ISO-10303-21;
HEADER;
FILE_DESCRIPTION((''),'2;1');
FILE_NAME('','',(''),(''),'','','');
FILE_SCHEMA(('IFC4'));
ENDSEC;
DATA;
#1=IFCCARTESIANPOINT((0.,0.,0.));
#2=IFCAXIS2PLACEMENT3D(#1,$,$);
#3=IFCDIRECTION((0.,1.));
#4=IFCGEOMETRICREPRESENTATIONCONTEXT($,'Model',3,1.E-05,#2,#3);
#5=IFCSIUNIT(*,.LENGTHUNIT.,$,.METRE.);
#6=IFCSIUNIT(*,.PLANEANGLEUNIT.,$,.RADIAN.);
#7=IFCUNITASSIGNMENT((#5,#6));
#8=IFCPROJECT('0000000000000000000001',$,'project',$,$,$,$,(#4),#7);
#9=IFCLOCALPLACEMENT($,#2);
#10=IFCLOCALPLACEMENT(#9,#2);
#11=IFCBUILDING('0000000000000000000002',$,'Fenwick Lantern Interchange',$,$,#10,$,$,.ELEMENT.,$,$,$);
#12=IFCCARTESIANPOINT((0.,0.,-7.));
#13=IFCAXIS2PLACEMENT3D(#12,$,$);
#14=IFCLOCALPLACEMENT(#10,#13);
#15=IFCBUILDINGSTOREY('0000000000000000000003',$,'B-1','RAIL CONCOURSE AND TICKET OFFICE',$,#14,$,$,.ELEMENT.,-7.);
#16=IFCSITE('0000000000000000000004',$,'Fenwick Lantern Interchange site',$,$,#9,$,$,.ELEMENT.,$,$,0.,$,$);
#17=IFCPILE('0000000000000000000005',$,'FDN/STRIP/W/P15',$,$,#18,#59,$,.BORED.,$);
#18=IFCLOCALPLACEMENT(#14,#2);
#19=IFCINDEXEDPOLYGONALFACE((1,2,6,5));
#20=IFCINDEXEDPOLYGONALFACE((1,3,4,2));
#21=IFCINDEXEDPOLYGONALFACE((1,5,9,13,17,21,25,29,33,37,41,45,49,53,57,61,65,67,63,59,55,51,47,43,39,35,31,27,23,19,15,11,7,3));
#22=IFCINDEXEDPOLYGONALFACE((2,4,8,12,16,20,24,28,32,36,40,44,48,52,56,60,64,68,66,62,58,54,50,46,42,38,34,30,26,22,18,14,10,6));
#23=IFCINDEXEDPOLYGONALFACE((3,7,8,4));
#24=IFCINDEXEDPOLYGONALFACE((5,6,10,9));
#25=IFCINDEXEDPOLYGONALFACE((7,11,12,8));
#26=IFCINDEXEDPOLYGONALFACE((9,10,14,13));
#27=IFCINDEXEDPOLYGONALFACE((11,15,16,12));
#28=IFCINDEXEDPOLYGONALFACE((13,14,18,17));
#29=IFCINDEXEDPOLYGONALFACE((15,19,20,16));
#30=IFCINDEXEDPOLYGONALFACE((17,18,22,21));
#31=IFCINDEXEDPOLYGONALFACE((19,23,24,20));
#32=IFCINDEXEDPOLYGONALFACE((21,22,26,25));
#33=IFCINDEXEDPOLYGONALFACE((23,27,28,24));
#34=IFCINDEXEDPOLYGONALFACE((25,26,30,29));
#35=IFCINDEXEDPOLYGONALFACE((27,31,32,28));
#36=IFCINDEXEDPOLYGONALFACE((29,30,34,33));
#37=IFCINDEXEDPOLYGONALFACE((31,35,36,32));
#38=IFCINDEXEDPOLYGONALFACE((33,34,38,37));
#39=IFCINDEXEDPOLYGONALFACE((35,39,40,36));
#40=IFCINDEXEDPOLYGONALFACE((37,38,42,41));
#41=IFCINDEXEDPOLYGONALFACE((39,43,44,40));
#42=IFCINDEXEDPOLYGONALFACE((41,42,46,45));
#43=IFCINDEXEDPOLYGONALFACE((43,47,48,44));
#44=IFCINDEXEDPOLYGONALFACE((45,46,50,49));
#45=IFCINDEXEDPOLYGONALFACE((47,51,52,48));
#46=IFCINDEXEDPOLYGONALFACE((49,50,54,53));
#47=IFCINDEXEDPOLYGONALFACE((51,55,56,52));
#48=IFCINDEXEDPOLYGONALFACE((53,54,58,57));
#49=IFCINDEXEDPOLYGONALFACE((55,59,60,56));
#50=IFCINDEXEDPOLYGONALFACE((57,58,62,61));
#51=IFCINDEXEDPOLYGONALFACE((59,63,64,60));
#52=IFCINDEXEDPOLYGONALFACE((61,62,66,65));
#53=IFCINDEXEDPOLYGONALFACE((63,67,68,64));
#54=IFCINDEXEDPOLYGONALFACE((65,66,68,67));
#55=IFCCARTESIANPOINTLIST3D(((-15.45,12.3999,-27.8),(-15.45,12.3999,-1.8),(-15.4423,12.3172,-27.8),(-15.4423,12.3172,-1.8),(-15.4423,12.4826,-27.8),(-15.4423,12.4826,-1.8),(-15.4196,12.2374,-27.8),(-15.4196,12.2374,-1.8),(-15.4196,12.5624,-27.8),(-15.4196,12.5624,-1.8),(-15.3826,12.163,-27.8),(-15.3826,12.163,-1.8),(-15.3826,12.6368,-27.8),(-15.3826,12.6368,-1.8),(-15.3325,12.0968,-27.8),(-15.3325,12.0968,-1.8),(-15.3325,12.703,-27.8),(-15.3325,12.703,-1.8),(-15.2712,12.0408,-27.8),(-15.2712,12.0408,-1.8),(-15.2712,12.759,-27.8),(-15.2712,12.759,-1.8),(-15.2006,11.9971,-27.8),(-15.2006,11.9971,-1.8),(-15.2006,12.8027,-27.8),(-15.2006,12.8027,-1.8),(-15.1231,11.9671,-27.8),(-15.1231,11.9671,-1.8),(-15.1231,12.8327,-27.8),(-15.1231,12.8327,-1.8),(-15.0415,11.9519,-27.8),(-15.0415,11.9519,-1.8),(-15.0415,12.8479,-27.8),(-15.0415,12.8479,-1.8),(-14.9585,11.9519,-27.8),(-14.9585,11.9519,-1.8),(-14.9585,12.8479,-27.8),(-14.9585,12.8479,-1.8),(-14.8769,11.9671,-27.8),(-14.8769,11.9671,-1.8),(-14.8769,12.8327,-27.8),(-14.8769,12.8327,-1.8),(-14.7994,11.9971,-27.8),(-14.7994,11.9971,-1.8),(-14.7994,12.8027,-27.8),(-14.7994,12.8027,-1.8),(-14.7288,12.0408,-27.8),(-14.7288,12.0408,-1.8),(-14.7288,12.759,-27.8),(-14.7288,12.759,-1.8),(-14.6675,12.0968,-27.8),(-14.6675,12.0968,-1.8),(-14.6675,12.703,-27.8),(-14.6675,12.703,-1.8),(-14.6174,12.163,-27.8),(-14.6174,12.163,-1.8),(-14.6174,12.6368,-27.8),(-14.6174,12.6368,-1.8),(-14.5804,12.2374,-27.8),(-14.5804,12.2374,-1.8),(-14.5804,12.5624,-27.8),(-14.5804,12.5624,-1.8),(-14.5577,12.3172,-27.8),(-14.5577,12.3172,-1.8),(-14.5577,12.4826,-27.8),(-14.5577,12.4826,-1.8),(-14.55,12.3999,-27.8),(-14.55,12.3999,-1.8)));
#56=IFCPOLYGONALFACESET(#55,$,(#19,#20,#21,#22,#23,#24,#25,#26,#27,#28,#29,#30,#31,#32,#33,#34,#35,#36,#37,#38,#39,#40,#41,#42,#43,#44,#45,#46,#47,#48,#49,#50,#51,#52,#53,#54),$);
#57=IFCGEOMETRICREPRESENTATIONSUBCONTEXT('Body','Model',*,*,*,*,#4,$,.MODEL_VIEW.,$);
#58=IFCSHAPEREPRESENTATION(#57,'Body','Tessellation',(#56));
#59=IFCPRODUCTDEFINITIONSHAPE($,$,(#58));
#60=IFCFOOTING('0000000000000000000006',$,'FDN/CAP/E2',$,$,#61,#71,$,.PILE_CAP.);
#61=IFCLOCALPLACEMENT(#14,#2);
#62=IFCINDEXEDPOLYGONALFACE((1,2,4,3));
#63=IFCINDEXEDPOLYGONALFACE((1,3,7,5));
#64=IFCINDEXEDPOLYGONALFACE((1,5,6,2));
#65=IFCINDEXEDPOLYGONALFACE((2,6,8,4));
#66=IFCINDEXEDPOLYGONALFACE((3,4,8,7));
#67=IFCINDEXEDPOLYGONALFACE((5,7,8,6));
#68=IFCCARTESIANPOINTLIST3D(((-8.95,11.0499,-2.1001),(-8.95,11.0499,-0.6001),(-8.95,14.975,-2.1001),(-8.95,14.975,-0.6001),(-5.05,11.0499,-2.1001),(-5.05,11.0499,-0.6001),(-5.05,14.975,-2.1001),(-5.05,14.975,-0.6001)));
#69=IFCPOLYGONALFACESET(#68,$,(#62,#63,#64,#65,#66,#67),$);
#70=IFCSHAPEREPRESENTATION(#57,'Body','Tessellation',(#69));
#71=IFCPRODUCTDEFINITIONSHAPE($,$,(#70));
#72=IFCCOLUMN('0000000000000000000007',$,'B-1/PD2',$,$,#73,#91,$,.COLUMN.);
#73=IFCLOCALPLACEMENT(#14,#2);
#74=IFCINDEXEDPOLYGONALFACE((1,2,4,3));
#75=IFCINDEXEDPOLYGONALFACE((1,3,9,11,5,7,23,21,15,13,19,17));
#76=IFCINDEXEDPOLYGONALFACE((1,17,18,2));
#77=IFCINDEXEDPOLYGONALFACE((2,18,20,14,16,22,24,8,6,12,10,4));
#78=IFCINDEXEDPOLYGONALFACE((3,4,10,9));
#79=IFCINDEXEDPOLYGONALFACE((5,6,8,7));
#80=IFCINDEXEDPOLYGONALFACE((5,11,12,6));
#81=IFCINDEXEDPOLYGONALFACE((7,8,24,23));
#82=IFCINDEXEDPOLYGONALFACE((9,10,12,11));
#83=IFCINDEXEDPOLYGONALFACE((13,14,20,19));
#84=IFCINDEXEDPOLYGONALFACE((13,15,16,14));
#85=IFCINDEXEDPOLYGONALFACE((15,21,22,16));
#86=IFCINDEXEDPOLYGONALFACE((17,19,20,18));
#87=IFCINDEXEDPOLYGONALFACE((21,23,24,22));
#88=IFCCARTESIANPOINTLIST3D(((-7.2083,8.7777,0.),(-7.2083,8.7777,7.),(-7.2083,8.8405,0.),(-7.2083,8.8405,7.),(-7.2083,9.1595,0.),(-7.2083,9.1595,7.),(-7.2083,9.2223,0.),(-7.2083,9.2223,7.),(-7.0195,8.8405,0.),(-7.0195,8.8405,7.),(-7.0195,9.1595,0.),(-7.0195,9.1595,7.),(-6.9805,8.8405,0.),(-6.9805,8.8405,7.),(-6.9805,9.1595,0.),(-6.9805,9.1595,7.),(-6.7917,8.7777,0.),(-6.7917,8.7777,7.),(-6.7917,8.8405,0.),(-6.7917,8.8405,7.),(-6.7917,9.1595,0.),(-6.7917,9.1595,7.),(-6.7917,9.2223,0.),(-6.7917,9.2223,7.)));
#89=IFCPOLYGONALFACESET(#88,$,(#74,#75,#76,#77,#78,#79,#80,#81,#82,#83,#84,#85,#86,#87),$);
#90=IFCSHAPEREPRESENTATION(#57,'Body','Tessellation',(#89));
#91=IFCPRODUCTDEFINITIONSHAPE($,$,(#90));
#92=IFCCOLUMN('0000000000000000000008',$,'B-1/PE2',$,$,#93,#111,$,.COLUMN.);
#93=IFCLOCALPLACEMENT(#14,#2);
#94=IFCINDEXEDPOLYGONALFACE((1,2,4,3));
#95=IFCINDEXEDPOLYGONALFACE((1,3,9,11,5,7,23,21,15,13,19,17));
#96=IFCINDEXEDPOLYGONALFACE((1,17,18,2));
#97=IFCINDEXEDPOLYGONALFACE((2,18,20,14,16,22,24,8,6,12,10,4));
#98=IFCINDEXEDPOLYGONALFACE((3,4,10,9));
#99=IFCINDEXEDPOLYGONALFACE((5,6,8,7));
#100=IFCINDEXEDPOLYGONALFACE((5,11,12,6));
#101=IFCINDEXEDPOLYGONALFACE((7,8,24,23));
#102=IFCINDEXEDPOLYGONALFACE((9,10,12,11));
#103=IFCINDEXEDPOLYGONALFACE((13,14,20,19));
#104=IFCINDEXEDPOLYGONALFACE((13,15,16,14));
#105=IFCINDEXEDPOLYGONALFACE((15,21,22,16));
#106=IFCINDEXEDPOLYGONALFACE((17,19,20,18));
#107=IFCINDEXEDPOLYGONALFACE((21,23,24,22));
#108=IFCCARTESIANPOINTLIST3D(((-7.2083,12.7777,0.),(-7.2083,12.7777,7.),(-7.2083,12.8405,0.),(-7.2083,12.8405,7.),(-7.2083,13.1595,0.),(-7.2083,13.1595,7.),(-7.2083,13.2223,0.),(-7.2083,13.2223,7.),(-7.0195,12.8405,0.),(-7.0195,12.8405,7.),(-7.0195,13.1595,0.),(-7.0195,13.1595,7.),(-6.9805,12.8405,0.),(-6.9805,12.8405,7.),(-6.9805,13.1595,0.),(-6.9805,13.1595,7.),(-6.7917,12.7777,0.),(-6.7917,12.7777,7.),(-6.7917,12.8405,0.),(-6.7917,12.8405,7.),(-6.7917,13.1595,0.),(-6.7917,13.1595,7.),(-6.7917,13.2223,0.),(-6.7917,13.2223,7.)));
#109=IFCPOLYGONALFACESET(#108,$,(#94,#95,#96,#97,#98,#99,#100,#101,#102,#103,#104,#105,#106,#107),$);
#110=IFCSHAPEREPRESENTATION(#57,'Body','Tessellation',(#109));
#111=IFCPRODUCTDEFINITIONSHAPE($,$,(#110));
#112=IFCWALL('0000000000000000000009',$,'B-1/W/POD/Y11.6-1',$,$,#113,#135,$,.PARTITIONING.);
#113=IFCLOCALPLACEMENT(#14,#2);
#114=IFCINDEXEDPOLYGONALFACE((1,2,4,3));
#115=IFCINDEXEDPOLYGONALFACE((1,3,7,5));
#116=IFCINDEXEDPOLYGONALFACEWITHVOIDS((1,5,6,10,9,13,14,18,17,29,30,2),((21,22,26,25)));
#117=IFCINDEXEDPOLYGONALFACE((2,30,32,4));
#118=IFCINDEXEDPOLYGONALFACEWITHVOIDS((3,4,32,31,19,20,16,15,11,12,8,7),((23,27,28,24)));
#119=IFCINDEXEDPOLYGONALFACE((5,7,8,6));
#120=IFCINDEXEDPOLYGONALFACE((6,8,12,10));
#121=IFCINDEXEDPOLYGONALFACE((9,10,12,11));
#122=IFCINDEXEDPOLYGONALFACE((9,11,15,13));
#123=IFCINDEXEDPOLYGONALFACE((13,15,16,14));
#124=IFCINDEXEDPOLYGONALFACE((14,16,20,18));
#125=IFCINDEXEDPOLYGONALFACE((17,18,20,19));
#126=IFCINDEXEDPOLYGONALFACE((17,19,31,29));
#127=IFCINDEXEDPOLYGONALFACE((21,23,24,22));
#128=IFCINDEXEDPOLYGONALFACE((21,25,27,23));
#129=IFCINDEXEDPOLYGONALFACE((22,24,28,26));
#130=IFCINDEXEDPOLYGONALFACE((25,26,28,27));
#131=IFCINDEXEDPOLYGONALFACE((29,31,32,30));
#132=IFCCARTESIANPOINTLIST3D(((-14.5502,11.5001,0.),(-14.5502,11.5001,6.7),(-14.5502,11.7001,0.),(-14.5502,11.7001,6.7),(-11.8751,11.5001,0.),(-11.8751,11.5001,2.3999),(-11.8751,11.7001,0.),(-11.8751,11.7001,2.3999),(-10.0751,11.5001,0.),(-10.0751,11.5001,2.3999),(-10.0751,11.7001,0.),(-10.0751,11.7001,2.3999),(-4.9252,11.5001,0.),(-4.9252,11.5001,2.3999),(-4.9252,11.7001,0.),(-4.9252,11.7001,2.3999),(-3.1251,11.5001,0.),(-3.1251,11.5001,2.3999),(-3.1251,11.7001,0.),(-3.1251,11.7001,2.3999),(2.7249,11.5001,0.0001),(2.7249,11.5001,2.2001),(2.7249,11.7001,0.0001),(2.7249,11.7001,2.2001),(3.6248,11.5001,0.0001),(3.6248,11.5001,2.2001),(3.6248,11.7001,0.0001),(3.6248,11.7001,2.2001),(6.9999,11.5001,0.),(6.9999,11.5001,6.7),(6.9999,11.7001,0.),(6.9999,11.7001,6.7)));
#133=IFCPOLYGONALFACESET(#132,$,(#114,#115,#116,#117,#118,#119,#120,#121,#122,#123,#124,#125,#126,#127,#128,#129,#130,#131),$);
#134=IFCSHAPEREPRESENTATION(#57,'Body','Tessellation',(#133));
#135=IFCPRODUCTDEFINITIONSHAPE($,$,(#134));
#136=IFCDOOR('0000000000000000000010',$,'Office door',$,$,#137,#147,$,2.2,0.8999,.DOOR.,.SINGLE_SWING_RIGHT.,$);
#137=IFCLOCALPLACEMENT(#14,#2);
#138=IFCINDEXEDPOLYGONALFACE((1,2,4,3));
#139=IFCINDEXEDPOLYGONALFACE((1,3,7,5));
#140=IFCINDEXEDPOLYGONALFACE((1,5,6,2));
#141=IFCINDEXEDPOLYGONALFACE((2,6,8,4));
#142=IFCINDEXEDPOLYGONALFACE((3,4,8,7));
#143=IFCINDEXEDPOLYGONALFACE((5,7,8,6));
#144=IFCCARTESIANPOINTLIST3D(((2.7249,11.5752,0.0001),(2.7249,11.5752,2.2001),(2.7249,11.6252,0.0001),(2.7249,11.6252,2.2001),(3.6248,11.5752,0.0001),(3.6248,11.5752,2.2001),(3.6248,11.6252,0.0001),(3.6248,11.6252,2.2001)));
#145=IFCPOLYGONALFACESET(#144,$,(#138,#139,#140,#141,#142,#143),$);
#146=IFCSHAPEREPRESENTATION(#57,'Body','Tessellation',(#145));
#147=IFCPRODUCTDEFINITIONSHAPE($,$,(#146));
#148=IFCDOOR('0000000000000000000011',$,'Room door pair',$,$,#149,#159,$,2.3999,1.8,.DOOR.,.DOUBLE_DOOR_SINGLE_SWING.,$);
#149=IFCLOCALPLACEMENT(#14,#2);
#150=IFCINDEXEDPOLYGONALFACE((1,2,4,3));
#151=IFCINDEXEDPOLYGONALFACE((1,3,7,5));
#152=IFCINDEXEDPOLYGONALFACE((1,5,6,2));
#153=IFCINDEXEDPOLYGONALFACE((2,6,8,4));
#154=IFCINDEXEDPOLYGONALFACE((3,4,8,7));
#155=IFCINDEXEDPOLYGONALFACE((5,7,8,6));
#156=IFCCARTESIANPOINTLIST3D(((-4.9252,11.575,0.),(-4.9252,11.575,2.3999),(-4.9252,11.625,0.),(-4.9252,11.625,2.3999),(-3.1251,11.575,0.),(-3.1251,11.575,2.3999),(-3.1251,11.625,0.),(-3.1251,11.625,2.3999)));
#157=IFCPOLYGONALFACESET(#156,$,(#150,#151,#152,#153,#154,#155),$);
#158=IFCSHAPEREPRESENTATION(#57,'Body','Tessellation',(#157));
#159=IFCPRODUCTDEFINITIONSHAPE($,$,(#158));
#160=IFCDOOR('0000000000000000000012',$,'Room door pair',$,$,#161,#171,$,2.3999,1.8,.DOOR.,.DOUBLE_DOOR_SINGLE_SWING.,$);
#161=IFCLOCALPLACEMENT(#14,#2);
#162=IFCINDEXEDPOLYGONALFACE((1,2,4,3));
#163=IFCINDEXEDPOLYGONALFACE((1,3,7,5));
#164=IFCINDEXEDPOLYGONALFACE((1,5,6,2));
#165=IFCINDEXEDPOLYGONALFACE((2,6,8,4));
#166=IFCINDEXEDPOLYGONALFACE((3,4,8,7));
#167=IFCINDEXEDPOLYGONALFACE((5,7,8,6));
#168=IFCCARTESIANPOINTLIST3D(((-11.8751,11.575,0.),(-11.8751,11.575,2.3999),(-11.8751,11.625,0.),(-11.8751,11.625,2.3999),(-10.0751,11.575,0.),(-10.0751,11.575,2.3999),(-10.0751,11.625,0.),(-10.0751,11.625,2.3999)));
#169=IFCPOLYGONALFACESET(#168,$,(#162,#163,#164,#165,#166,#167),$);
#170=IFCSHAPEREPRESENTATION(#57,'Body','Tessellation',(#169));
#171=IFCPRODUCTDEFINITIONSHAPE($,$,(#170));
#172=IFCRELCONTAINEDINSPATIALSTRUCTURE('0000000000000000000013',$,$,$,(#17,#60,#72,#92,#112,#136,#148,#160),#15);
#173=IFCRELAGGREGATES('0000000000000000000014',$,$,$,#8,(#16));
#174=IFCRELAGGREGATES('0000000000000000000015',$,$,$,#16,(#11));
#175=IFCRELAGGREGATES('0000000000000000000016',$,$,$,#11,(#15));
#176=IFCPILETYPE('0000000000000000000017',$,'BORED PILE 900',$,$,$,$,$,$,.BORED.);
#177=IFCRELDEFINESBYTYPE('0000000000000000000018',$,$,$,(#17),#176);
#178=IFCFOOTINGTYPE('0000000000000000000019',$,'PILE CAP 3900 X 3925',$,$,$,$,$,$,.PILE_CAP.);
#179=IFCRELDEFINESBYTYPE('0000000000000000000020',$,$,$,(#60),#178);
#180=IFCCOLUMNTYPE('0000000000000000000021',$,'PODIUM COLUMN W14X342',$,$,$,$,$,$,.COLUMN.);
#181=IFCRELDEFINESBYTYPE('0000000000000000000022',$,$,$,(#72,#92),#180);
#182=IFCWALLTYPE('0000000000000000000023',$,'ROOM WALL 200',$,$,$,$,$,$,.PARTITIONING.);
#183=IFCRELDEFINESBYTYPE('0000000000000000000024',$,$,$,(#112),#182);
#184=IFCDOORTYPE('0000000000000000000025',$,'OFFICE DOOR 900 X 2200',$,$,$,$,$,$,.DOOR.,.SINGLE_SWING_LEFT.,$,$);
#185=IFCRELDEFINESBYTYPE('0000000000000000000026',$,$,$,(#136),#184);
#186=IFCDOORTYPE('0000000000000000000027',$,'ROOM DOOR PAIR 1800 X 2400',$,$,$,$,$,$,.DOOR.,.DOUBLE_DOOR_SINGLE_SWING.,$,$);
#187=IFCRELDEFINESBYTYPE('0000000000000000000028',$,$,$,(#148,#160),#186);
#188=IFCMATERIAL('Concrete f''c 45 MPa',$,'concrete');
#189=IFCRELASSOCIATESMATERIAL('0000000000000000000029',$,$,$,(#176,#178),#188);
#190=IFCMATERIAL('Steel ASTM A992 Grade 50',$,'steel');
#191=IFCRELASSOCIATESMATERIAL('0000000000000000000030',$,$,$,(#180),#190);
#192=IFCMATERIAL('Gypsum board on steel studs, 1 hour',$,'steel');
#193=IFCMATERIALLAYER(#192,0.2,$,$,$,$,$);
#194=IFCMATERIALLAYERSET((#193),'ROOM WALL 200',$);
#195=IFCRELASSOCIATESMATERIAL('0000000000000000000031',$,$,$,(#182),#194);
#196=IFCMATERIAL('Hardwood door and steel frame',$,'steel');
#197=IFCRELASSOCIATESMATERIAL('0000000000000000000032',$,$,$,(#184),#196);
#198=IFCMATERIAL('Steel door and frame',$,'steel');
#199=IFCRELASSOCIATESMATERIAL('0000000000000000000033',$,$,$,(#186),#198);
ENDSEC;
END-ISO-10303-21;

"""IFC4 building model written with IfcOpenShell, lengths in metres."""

from ifc_helpers import new_model, si_unit, direction, frame, frame_2d, origin, origin_2d, place, context, subcontext, project, spatial, rectangle, circle, i_section, extrude, material, layer, layer_set, material_profile, profile_set, type_object, element, fill, save


model = new_model("IFC4")

# Units and contexts
model_context = context("Model", 3, precision=1e-05, world=origin(), true_north=direction((0.0, 1.0)))
body_context = subcontext(model_context, "Body", "Model", "MODEL_VIEW")
ifc_project = project(units=[si_unit("LENGTHUNIT", "METRE"), si_unit("PLANEANGLEUNIT", "RADIAN")], contexts=[model_context])

# Site, building, storey
site_placement = place(None, origin())
site = spatial("IfcSite", under=ifc_project, at=site_placement, Name="Fenwick Lantern Interchange site", CompositionType="ELEMENT", RefElevation=0.0)
building_placement = place(site_placement, origin())
building = spatial("IfcBuilding", under=site, at=building_placement, Name="Fenwick Lantern Interchange", CompositionType="ELEMENT")
storey_placement = place(building_placement, frame((0.0, 0.0, -7.0)))
storey = spatial("IfcBuildingStorey", under=building, at=storey_placement, Name="B-1", Description="RAIL CONCOURSE AND TICKET OFFICE", CompositionType="ELEMENT", Elevation=-7.0)

# Pile
ifc_material_1 = material(Name="Concrete f'c 45 MPa", Category="concrete")
pile_type_1 = type_object("IfcPileType", Name="BORED PILE 900", PredefinedType="BORED", material=ifc_material_1)
for number, where, z_axis, x_axis, name in (
    (1, (-15.0, 12.3999, -1.8), (0.0, 0.0, -1.0), (1.0, 0.0, 0.0), "FDN/STRIP/W/P15"),
):
    element("IfcPile", number, at=place(storey_placement, frame(where, z_axis=z_axis, x_axis=x_axis)), inside=storey, type_object=pile_type_1, Name=name, PredefinedType="BORED", context=body_context, shape_type="SweptSolid", body=[
        extrude(circle(Radius=0.45, at=origin_2d()), origin(), (0.0, 0.0, 1.0), 26.0),
    ])

# Footing
footing_type = type_object("IfcFootingType", Name="PILE CAP 3900 X 3925", PredefinedType="PILE_CAP", material=ifc_material_1)
footing_placement = place(storey_placement, frame((-7.0, 13.0125, -2.1001), z_axis=(0.0, 0.0, 1.0), x_axis=(1.0, 0.0, 0.0)))
element("IfcFooting", 2, at=footing_placement, inside=storey, type_object=footing_type, Name="FDN/CAP/E2", PredefinedType="PILE_CAP", context=body_context, shape_type="SweptSolid", body=[
    extrude(rectangle(XDim=3.8999, YDim=3.925, at=origin_2d()), origin(), (0.0, 0.0, 1.0), 1.5),
])

# Columns
ifc_material_2 = material(Name="Steel ASTM A992 Grade 50", Category="steel")
ifc_material_profile = material_profile(ifc_material_2, i_section(OverallWidth=0.4165, OverallDepth=0.4446, WebThickness=0.0391, FlangeThickness=0.0627, at=origin_2d()), Name="W14X342")
ifc_profile_set = profile_set([ifc_material_profile], Name="Steel ASTM A992 Grade 50")
column_type = type_object("IfcColumnType", Name="PODIUM COLUMN W14X342", PredefinedType="COLUMN", material=ifc_profile_set)
for number, where, z_axis, x_axis, name in (
    (3, (-7.0, 9.0, 0.0), (0.0, 0.0, 1.0), (1.0, 0.0, 0.0), "B-1/PD2"),
    (4, (-7.0, 13.0, 0.0), (0.0, 0.0, 1.0), (1.0, 0.0, 0.0), "B-1/PE2"),
):
    element("IfcColumn", number, at=place(storey_placement, frame(where, z_axis=z_axis, x_axis=x_axis)), inside=storey, type_object=column_type, Name=name, PredefinedType="COLUMN", context=body_context, shape_type="SweptSolid", body=[
        extrude(i_section(OverallWidth=0.4165, OverallDepth=0.4446, WebThickness=0.0391, FlangeThickness=0.0627, at=origin_2d()), origin(), (0.0, 0.0, 1.0), 7.0),
    ])

# Wall, openings, doors
ifc_material_3 = material(Name="Gypsum board on steel studs, 1 hour", Category="steel")
ifc_layer_1 = layer(ifc_material_3, 0.2)
ifc_layer_set_1 = layer_set([ifc_layer_1], Name="ROOM WALL 200")
wall_type_1 = type_object("IfcWallType", Name="ROOM WALL 200", PredefinedType="PARTITIONING", material=ifc_layer_set_1)
wall_1_placement = place(storey_placement, frame((-14.55, 11.6001, 0.0), z_axis=(0.0, 0.0, 1.0), x_axis=(1.0, 0.0, 0.0)))
wall_1 = element("IfcWall", 5, at=wall_1_placement, inside=storey, type_object=wall_type_1, Name="B-1/W/POD/Y11.6-1", PredefinedType="PARTITIONING", context=body_context, shape_type="SweptSolid", body=[
    extrude(rectangle(XDim=21.55, YDim=0.2, at=frame_2d((10.7749, 0.0))), origin(), (0.0, 0.0, 1.0), 6.7),
])
opening_1_placement = place(wall_1_placement, frame((9.625, 0.0, 0.0)))
opening_1 = element("IfcOpeningElement", 6, at=opening_1_placement, cuts=wall_1, PredefinedType="OPENING", context=body_context, shape_type="SweptSolid", body=[
    extrude(rectangle(XDim=1.8, YDim=2.3999, at=frame_2d((0.8999, 1.2))), frame((0.0, 0.1099, 0.0), z_axis=(0.0, -1.0, 0.0), x_axis=(1.0, 0.0, 0.0)), (0.0, 0.0, 1.0), 0.22),
])
opening_2_placement = place(wall_1_placement, frame((2.675, 0.0, 0.0)))
opening_2 = element("IfcOpeningElement", 7, at=opening_2_placement, cuts=wall_1, PredefinedType="OPENING", context=body_context, shape_type="SweptSolid", body=[
    extrude(rectangle(XDim=1.8, YDim=2.3999, at=frame_2d((0.8999, 1.2))), frame((0.0, 0.1099, 0.0), z_axis=(0.0, -1.0, 0.0), x_axis=(1.0, 0.0, 0.0)), (0.0, 0.0, 1.0), 0.22),
])
opening_3_placement = place(wall_1_placement, frame((17.2749, 0.0, 0.0)))
opening_3 = element("IfcOpeningElement", 8, at=opening_3_placement, cuts=wall_1, PredefinedType="OPENING", context=body_context, shape_type="SweptSolid", body=[
    extrude(rectangle(XDim=0.8999, YDim=2.2, at=frame_2d((0.45, 1.1001))), frame((0.0, 0.1099, 0.0), z_axis=(0.0, -1.0, 0.0), x_axis=(1.0, 0.0, 0.0)), (0.0, 0.0, 1.0), 0.22),
])
ifc_material_4 = material(Name="Hardwood door and steel frame", Category="steel")
door_type_1 = type_object("IfcDoorType", Name="OFFICE DOOR 900 X 2200", OperationType="SINGLE_SWING_LEFT", PredefinedType="DOOR", material=ifc_material_4)
door_1_placement = place(opening_3_placement, frame((0.8999, 0.0, 0.0), z_axis=(0.0, 0.0, 1.0), x_axis=(-1.0, 0.0, 0.0)))
door_1 = element("IfcDoor", 9, at=door_1_placement, inside=storey, type_object=door_type_1, Name="Office door", OperationType="SINGLE_SWING_RIGHT", OverallHeight=2.2, OverallWidth=0.8999, PredefinedType="DOOR", context=body_context, shape_type="SweptSolid", body=[
    extrude(rectangle(XDim=0.8999, YDim=2.2, at=frame_2d((0.45, 1.1001))), frame((0.0, 0.0249, 0.0), z_axis=(0.0, -1.0, 0.0), x_axis=(1.0, 0.0, 0.0)), (0.0, 0.0, 1.0), 0.05),
])
fill(opening_3, door_1)
ifc_material_5 = material(Name="Steel door and frame", Category="steel")
door_type_2 = type_object("IfcDoorType", Name="ROOM DOOR PAIR 1800 X 2400", OperationType="DOUBLE_DOOR_SINGLE_SWING", PredefinedType="DOOR", material=ifc_material_5)
door_2_placement = place(opening_1_placement, origin())
door_2 = element("IfcDoor", 10, at=door_2_placement, inside=storey, type_object=door_type_2, Name="Room door pair", OperationType="DOUBLE_DOOR_SINGLE_SWING", OverallHeight=2.3999, OverallWidth=1.8, PredefinedType="DOOR", context=body_context, shape_type="SweptSolid", body=[
    extrude(rectangle(XDim=1.8, YDim=2.3999, at=frame_2d((0.8999, 1.2))), frame((0.0, 0.0249, 0.0), z_axis=(0.0, -1.0, 0.0), x_axis=(1.0, 0.0, 0.0)), (0.0, 0.0, 1.0), 0.05),
])
fill(opening_1, door_2)
door_3_placement = place(opening_2_placement, origin())
door_3 = element("IfcDoor", 11, at=door_3_placement, inside=storey, type_object=door_type_2, Name="Room door pair", OperationType="DOUBLE_DOOR_SINGLE_SWING", OverallHeight=2.3999, OverallWidth=1.8, PredefinedType="DOOR", context=body_context, shape_type="SweptSolid", body=[
    extrude(rectangle(XDim=1.8, YDim=2.3999, at=frame_2d((0.8999, 1.2))), frame((0.0, 0.0249, 0.0), z_axis=(0.0, -1.0, 0.0), x_axis=(1.0, 0.0, 0.0)), (0.0, 0.0, 1.0), 0.05),
])
fill(opening_2, door_3)

save(model, "model.ifc")
